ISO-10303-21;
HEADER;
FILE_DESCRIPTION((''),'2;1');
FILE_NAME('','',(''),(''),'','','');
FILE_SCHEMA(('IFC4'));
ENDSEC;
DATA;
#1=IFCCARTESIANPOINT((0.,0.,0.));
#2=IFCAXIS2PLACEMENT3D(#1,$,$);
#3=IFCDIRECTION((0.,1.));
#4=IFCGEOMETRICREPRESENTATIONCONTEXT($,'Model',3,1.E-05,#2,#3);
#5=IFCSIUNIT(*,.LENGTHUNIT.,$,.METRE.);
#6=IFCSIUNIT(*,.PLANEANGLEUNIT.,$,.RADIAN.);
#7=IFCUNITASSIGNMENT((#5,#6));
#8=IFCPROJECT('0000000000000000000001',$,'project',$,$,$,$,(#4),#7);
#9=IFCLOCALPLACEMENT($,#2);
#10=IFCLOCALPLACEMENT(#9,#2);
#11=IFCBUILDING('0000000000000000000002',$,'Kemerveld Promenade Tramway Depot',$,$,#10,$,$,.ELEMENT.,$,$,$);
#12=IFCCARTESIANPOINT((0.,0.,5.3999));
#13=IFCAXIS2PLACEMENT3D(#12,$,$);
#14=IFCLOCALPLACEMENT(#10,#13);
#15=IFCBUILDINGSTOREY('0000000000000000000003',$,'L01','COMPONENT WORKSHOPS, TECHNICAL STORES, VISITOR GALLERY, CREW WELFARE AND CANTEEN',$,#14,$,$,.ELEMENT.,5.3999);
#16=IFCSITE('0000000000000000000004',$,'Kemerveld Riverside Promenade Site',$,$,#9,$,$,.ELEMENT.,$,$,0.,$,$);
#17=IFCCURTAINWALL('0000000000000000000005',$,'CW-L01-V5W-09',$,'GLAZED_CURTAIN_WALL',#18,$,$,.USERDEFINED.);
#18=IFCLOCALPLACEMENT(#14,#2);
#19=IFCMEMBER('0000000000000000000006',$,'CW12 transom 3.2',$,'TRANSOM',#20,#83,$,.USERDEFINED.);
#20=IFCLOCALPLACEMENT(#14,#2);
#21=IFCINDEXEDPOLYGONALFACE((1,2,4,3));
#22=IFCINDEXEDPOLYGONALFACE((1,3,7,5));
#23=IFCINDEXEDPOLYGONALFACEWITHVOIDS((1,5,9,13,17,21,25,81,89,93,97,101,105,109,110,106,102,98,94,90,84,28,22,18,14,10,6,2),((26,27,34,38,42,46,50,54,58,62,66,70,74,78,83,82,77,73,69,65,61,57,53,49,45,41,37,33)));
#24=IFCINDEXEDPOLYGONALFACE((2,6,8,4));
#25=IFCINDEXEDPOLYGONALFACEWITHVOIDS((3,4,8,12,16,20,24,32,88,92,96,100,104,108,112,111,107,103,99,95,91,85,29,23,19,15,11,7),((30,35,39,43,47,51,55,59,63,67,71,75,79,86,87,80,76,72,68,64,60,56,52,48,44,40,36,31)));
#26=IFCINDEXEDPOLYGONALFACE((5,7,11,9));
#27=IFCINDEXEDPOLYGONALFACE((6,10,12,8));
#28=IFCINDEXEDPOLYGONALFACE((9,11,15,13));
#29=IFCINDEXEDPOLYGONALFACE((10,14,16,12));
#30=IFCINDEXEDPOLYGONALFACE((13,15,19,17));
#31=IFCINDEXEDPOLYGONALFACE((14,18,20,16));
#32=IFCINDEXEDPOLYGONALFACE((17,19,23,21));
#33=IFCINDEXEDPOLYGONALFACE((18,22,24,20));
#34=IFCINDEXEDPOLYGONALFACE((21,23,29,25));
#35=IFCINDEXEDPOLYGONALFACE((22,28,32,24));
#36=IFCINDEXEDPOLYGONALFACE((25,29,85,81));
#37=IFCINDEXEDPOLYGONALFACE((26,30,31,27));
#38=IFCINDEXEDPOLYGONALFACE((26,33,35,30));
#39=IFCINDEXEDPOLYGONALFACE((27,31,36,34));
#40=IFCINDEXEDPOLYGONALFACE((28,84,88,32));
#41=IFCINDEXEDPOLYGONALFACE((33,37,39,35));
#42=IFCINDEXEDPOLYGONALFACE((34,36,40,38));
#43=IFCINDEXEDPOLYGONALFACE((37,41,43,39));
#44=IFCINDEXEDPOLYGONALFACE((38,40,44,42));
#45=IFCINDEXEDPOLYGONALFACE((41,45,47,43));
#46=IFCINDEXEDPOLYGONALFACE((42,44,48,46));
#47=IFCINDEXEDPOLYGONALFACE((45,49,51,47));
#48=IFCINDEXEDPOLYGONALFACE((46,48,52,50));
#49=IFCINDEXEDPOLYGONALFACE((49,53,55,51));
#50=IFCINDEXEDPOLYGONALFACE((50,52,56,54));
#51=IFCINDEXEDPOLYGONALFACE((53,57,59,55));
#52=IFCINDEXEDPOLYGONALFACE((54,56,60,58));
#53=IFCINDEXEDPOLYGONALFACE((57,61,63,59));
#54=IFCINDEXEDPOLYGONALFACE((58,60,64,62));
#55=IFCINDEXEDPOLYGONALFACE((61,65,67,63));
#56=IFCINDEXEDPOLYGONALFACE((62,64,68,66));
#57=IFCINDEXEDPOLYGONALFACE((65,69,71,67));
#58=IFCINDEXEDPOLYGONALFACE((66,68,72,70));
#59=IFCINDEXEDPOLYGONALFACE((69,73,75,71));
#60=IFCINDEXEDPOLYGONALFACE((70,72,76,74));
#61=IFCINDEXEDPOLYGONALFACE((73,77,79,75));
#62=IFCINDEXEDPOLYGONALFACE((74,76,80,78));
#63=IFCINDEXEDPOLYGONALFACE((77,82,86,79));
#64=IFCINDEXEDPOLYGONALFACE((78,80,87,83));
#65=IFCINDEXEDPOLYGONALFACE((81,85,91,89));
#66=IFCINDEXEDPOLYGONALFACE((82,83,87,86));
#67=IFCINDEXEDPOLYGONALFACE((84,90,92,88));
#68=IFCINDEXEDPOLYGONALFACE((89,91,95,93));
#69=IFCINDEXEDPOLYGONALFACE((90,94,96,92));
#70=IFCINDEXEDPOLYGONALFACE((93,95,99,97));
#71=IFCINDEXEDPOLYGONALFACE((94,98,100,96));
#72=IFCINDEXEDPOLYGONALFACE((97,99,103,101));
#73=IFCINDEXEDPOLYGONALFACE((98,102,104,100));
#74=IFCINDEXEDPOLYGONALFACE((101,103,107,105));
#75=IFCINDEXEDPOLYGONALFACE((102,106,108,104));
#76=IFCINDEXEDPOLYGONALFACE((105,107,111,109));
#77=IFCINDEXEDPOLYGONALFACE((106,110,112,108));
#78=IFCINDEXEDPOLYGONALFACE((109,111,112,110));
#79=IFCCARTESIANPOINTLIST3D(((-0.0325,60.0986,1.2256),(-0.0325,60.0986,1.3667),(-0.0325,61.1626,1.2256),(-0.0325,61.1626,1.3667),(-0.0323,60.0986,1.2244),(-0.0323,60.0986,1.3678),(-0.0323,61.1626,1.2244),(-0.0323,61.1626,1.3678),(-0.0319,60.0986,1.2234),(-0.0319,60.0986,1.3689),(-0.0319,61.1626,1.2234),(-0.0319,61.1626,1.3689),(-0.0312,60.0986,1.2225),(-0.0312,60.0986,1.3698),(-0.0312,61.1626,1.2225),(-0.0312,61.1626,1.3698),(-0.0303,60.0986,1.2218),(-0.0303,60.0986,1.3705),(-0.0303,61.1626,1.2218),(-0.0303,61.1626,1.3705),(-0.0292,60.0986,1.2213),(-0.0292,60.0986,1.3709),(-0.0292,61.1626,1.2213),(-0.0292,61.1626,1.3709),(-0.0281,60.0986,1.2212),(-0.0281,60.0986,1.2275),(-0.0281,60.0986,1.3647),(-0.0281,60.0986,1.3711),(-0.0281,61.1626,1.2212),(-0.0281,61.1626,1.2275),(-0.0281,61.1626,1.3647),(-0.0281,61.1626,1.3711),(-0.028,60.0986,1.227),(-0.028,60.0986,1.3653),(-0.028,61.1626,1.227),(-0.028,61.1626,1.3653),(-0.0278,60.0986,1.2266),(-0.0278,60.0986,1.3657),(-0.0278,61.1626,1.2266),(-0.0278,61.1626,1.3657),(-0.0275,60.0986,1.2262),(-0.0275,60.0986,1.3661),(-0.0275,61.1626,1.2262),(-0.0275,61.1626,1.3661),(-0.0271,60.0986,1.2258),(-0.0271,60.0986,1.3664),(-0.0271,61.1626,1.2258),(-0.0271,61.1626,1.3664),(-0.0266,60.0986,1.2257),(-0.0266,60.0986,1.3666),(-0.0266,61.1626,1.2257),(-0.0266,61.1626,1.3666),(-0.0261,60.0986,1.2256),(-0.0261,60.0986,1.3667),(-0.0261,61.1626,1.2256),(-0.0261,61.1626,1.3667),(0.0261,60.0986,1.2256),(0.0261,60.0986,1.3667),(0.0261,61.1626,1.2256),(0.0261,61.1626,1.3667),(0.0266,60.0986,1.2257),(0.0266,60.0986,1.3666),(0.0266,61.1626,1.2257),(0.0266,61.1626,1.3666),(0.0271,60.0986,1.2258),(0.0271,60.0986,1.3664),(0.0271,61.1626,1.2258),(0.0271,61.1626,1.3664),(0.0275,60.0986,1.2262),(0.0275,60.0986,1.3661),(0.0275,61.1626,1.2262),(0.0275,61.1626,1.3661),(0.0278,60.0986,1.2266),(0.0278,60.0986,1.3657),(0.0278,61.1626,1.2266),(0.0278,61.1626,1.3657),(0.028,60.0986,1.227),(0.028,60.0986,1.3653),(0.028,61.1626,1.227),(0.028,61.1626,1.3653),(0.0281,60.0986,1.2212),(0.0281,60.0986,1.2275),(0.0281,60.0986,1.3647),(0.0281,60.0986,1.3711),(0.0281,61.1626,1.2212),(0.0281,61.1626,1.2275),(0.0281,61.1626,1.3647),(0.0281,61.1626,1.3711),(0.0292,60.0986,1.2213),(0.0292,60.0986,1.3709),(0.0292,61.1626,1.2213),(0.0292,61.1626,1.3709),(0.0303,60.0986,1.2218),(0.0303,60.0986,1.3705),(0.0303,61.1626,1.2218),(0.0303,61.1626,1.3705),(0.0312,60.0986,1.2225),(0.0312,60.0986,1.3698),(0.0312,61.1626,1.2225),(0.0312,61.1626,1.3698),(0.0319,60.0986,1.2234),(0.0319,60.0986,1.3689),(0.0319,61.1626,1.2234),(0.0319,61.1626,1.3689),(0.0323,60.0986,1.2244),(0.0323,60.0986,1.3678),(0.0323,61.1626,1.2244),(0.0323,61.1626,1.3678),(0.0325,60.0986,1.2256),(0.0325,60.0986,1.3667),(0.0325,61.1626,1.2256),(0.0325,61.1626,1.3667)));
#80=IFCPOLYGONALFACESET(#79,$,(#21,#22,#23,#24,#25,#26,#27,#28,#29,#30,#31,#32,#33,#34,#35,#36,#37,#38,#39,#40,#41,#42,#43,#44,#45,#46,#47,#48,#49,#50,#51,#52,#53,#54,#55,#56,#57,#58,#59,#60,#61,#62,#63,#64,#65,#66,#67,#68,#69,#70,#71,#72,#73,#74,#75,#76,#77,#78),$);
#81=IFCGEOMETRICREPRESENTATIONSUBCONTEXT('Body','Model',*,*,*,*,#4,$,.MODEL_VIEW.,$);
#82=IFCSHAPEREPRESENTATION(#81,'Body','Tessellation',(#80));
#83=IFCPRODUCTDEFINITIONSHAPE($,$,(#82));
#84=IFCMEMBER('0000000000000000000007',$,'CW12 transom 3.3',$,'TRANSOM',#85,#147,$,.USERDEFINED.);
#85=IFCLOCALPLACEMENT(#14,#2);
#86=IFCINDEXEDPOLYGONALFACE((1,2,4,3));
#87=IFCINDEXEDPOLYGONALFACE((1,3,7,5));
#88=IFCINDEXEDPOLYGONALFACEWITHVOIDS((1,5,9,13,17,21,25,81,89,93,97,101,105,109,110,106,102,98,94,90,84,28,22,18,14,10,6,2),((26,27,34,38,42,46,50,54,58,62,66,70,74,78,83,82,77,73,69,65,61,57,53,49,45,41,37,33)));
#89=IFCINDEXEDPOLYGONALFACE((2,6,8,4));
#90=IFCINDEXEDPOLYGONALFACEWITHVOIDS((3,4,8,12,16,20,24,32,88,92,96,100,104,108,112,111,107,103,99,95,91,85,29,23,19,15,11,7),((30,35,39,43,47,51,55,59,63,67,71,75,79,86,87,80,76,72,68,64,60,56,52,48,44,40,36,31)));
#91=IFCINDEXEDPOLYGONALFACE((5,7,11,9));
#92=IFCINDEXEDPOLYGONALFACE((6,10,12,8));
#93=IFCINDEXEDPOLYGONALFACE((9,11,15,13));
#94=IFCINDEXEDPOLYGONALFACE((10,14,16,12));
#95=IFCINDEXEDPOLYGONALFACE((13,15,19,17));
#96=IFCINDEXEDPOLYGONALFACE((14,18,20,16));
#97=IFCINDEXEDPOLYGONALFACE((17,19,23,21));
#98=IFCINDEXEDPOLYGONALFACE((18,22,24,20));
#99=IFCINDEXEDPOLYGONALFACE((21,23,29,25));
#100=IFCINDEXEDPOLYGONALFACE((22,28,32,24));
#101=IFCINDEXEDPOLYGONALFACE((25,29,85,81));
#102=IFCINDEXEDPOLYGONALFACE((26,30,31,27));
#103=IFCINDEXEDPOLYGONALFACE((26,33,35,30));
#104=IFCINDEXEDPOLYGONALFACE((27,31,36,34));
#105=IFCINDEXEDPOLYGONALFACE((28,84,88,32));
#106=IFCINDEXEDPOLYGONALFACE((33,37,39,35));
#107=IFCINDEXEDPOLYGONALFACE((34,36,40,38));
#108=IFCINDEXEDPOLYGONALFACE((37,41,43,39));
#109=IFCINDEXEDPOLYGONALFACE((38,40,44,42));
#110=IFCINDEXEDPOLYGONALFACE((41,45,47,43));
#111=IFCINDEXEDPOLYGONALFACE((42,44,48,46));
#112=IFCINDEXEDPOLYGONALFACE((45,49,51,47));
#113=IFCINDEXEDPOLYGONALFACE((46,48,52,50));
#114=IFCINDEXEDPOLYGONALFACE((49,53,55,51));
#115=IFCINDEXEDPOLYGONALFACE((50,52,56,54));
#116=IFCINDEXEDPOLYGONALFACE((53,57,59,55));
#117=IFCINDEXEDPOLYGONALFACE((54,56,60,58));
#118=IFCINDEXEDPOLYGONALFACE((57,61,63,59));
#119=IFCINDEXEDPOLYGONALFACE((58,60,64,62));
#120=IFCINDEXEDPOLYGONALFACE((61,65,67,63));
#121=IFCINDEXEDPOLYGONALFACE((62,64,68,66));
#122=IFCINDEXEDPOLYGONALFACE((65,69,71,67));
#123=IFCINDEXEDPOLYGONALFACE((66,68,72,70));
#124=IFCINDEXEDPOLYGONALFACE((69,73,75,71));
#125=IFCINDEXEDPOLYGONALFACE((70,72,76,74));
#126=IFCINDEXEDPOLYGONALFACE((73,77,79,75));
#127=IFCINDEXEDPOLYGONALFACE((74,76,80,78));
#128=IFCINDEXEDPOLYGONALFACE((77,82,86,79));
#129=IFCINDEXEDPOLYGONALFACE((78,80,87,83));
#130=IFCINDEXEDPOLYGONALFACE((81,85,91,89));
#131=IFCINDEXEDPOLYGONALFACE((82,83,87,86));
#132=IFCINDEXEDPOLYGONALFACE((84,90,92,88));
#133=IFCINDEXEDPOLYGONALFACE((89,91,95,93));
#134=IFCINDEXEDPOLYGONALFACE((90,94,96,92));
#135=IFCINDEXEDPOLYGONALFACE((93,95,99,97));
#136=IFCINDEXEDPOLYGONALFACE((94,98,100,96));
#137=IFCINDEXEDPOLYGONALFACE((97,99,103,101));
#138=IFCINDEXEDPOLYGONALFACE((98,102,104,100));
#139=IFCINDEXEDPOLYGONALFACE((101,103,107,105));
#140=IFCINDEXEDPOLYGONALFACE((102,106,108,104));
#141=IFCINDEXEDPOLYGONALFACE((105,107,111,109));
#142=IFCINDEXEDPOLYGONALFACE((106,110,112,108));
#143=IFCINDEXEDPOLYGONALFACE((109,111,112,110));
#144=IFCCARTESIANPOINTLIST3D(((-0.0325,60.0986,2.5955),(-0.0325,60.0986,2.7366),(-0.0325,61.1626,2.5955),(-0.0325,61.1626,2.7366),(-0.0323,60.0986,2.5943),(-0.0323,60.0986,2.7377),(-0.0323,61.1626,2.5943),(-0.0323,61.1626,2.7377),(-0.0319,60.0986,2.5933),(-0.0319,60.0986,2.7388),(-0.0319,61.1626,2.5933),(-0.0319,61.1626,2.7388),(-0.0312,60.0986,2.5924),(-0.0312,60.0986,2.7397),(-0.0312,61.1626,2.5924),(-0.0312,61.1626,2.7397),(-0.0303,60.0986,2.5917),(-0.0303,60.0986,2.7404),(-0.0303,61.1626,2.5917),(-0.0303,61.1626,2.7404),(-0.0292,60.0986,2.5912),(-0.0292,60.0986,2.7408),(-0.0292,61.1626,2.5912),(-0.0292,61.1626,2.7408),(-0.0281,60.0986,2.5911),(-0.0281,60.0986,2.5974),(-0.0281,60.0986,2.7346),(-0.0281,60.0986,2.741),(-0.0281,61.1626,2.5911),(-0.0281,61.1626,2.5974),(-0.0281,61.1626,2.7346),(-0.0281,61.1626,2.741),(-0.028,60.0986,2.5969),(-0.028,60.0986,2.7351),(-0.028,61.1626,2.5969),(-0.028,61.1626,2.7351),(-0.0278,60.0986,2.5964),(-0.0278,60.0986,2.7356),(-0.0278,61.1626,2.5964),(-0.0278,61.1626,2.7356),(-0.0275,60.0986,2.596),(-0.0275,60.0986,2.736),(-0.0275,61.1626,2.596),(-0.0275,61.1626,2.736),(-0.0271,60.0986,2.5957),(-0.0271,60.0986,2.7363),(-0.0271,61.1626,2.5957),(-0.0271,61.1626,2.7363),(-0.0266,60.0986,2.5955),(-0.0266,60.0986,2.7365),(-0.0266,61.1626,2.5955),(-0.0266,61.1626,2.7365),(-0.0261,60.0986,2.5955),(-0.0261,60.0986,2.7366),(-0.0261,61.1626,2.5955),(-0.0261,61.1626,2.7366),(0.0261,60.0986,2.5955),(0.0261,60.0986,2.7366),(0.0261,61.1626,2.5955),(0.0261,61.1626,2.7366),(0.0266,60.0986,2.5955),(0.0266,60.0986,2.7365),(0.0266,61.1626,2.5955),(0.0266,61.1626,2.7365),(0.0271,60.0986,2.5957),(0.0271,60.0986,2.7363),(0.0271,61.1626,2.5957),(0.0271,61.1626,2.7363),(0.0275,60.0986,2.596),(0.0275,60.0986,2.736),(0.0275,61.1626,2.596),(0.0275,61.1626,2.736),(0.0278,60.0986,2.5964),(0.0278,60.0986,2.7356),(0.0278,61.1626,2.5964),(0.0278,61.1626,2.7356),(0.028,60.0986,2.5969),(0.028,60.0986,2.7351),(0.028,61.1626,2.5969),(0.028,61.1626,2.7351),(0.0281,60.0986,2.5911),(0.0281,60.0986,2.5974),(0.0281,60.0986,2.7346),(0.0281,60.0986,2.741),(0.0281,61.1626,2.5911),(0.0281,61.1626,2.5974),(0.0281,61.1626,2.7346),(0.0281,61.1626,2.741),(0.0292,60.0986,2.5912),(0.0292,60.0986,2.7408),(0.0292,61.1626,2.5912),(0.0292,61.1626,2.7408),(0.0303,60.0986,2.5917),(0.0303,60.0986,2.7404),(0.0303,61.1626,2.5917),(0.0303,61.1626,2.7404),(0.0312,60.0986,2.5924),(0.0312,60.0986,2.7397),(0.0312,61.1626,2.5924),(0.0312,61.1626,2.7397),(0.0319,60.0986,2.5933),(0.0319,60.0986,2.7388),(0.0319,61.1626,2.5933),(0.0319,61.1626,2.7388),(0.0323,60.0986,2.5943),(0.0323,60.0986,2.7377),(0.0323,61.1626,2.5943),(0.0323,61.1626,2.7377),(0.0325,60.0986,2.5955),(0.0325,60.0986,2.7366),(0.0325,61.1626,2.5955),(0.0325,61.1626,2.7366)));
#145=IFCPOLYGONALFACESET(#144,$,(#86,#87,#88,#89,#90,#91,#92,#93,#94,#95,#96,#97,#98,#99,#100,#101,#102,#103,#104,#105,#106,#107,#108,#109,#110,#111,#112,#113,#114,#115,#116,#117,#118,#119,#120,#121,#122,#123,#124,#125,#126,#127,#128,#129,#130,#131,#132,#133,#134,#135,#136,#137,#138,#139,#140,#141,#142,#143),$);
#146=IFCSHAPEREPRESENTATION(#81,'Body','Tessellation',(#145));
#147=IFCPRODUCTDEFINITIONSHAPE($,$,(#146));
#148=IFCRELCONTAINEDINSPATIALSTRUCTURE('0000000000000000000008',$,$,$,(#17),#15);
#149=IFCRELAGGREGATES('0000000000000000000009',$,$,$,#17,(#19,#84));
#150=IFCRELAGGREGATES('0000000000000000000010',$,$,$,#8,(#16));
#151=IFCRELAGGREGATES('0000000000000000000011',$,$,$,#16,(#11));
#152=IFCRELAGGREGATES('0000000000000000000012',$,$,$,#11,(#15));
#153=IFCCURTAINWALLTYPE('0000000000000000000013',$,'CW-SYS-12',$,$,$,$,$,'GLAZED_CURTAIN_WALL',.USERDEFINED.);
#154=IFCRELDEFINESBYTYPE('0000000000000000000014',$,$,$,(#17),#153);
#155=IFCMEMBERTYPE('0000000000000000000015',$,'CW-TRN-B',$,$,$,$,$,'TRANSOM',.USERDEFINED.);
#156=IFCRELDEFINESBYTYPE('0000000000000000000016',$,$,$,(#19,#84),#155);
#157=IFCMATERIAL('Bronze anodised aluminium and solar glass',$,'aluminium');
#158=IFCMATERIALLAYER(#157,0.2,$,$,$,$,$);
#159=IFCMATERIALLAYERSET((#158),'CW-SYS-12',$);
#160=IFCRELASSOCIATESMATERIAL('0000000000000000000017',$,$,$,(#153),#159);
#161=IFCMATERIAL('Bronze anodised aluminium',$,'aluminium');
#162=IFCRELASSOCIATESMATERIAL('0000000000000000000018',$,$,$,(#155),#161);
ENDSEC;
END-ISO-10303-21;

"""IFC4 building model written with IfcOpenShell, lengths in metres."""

from ifc_helpers import new_model, si_unit, direction, frame, origin, origin_2d, place, context, subcontext, project, spatial, hollow_rectangle, extrude, material, layer, layer_set, material_profile, profile_set, type_object, element, aggregate, save


model = new_model("IFC4")

# Units and contexts
model_context = context("Model", 3, precision=1e-05, world=origin(), true_north=direction((0.0, 1.0)))
body_context = subcontext(model_context, "Body", "Model", "MODEL_VIEW")
ifc_project = project(units=[si_unit("LENGTHUNIT", "METRE"), si_unit("PLANEANGLEUNIT", "RADIAN")], contexts=[model_context])

# Site, building, storey
site_placement = place(None, origin())
site = spatial("IfcSite", under=ifc_project, at=site_placement, Name="Kemerveld Riverside Promenade Site", CompositionType="ELEMENT", RefElevation=0.0)
building_placement = place(site_placement, origin())
building = spatial("IfcBuilding", under=site, at=building_placement, Name="Kemerveld Promenade Tramway Depot", CompositionType="ELEMENT")
storey_placement = place(building_placement, frame((0.0, 0.0, 5.3999)))
storey = spatial("IfcBuildingStorey", under=building, at=storey_placement, Name="L01", Description="COMPONENT WORKSHOPS, TECHNICAL STORES, VISITOR GALLERY, CREW WELFARE AND CANTEEN", CompositionType="ELEMENT", Elevation=5.3999)

# Curtain wall, members
ifc_material_1 = material(Name="Bronze anodised aluminium and solar glass", Category="aluminium")
ifc_layer_1 = layer(ifc_material_1, 0.2)
ifc_layer_set_1 = layer_set([ifc_layer_1], Name="CW-SYS-12")
curtain_wall_type = type_object("IfcCurtainWallType", Name="CW-SYS-12", ElementType="GLAZED_CURTAIN_WALL", PredefinedType="USERDEFINED", material=ifc_layer_set_1)
curtain_wall_placement = place(storey_placement, origin())
curtain_wall = element("IfcCurtainWall", 1, at=curtain_wall_placement, inside=storey, type_object=curtain_wall_type, Name="CW-L01-V5W-09", ObjectType="GLAZED_CURTAIN_WALL", PredefinedType="USERDEFINED")
ifc_material_2 = material(Name="Bronze anodised aluminium", Category="aluminium")
ifc_material_profile_1 = material_profile(ifc_material_2, hollow_rectangle(XDim=0.0649, YDim=0.1499, WallThickness=0.0044, InnerFilletRadius=0.002, OuterFilletRadius=0.0044, at=origin_2d()), Name="CW-TRN-150x65")
ifc_profile_set_1 = profile_set([ifc_material_profile_1], Name="Bronze anodised aluminium")
member_type_1 = type_object("IfcMemberType", Name="CW-TRN-B", ElementType="TRANSOM", PredefinedType="USERDEFINED", material=ifc_profile_set_1)
member_1_placement = place(storey_placement, frame((0.0, 60.0986, 1.2961), z_axis=(0.0, 1.0, 0.0), x_axis=(-1.0, 0.0, 0.0)))
member_1 = element("IfcMember", 2, at=member_1_placement, type_object=member_type_1, Name="CW12 transom 3.2", ObjectType="TRANSOM", PredefinedType="USERDEFINED", context=body_context, shape_type="SweptSolid", body=[
    extrude(hollow_rectangle(XDim=0.0649, YDim=0.1499, WallThickness=0.0044, InnerFilletRadius=0.002, OuterFilletRadius=0.0044, at=origin_2d()), origin(), (0.0, 0.0, 1.0), 1.064),
])
member_2_placement = place(storey_placement, frame((0.0, 60.0986, 2.666), z_axis=(0.0, 1.0, 0.0), x_axis=(-1.0, 0.0, 0.0)))
member_2 = element("IfcMember", 3, at=member_2_placement, type_object=member_type_1, Name="CW12 transom 3.3", ObjectType="TRANSOM", PredefinedType="USERDEFINED", context=body_context, shape_type="SweptSolid", body=[
    extrude(hollow_rectangle(XDim=0.0649, YDim=0.1499, WallThickness=0.0044, InnerFilletRadius=0.002, OuterFilletRadius=0.0044, at=origin_2d()), origin(), (0.0, 0.0, 1.0), 1.064),
])
aggregate(curtain_wall, [member_1, member_2])

save(model, "model.ifc")
